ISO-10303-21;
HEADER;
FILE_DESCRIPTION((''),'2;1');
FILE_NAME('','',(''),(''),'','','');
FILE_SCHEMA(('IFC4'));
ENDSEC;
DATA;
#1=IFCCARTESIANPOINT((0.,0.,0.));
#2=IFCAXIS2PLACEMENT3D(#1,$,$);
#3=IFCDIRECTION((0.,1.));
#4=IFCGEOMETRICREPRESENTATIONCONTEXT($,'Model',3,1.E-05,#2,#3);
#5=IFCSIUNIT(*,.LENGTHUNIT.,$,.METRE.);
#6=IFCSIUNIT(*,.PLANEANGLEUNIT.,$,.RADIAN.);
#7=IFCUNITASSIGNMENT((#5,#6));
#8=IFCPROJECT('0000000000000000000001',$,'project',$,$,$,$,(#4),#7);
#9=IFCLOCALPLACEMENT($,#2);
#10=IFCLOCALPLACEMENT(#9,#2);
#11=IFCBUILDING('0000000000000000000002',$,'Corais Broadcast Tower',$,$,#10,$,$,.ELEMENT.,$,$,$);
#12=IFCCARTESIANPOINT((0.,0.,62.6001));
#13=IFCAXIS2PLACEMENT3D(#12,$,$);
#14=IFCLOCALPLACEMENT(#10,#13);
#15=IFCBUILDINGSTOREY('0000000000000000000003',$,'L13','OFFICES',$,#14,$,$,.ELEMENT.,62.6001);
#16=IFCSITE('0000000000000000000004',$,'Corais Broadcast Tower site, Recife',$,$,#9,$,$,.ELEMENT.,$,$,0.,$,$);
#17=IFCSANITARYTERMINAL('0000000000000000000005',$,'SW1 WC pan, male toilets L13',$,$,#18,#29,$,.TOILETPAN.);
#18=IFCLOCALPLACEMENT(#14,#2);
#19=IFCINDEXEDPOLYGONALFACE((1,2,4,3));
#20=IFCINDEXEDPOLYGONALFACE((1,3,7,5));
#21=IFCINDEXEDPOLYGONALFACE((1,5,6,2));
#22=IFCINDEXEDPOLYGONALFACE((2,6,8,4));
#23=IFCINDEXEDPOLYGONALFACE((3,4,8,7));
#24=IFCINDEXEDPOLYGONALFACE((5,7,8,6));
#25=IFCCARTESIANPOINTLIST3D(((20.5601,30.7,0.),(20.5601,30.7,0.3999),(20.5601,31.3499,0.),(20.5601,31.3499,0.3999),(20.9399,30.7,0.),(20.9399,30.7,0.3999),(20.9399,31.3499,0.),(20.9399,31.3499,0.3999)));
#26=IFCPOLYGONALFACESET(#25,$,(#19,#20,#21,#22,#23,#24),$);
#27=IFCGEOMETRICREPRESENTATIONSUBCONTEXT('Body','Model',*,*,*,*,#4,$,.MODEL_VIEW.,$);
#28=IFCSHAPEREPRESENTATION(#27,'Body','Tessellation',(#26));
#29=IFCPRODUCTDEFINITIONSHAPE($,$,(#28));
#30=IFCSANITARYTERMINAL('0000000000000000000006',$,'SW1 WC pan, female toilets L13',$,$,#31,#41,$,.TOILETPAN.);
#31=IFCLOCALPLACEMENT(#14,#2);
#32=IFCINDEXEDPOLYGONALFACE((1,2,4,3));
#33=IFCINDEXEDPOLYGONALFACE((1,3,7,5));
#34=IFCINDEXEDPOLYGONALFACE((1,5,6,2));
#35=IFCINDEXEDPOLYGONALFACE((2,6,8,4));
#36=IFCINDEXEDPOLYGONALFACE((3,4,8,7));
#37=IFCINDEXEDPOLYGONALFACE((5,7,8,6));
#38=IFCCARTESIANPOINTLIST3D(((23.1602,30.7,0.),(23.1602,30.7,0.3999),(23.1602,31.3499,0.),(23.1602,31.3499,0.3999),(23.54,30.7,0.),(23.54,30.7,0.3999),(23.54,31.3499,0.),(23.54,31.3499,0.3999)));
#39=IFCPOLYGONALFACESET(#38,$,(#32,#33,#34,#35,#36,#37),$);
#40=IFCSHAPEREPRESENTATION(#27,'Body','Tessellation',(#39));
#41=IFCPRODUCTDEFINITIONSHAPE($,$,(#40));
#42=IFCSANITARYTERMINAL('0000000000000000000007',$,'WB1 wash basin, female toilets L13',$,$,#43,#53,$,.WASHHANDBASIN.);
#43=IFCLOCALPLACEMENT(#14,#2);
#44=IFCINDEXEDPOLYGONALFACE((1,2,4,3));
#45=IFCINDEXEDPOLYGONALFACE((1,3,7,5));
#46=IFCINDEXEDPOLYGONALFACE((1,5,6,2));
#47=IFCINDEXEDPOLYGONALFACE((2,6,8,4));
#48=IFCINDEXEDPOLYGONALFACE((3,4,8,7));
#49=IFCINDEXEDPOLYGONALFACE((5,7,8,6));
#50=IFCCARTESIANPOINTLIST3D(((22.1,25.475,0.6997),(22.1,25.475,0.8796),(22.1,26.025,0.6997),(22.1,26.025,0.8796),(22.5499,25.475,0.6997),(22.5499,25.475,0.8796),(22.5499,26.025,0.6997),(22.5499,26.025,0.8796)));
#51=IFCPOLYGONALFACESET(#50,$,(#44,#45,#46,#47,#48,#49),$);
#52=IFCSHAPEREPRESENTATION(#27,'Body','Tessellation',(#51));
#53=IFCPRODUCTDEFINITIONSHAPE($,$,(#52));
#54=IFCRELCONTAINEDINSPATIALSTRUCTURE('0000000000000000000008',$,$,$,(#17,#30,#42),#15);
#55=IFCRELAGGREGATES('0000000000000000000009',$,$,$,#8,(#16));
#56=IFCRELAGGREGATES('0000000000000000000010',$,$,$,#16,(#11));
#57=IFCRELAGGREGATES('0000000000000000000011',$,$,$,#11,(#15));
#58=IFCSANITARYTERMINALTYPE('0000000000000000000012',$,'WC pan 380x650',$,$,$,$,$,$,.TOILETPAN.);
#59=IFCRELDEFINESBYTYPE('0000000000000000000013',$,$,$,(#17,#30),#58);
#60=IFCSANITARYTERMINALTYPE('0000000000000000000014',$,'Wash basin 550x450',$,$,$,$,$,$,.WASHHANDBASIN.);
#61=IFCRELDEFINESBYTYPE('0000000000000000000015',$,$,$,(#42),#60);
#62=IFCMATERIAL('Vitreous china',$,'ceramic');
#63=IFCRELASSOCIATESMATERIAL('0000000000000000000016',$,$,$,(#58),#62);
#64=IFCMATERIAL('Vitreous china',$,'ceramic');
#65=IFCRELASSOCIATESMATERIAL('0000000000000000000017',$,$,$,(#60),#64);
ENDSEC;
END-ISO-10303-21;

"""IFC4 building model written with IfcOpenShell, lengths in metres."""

from ifc_helpers import new_model, si_unit, direction, frame, origin, origin_2d, place, context, subcontext, project, spatial, rectangle, extrude, material, type_object, element, save


model = new_model("IFC4")

# Units and contexts
model_context = context("Model", 3, precision=1e-05, world=origin(), true_north=direction((0.0, 1.0)))
body_context = subcontext(model_context, "Body", "Model", "MODEL_VIEW")
ifc_project = project(units=[si_unit("LENGTHUNIT", "METRE"), si_unit("PLANEANGLEUNIT", "RADIAN")], contexts=[model_context])

# Site, building, storey
site_placement = place(None, origin())
site = spatial("IfcSite", under=ifc_project, at=site_placement, Name="Corais Broadcast Tower site, Recife", CompositionType="ELEMENT", RefElevation=0.0)
building_placement = place(site_placement, origin())
building = spatial("IfcBuilding", under=site, at=building_placement, Name="Corais Broadcast Tower", CompositionType="ELEMENT")
storey_placement = place(building_placement, frame((0.0, 0.0, 62.6001)))
storey = spatial("IfcBuildingStorey", under=building, at=storey_placement, Name="L13", Description="OFFICES", CompositionType="ELEMENT", Elevation=62.6001)

# Sanitary terminals
ifc_material_1 = material(Name="Vitreous china", Category="ceramic")
sanitary_terminal_type_1 = type_object("IfcSanitaryTerminalType", Name="WC pan 380x650", PredefinedType="TOILETPAN", material=ifc_material_1)
for number, where, z_axis, x_axis, name in (
    (1, (20.75, 31.0249, 0.0), (0.0, 0.0, 1.0), (1.0, 0.0, 0.0), "SW1 WC pan, male toilets L13"),
    (2, (23.3501, 31.0249, 0.0), (0.0, 0.0, 1.0), (1.0, 0.0, 0.0), "SW1 WC pan, female toilets L13"),
):
    element("IfcSanitaryTerminal", number, at=place(storey_placement, frame(where, z_axis=z_axis, x_axis=x_axis)), inside=storey, type_object=sanitary_terminal_type_1, Name=name, PredefinedType="TOILETPAN", context=body_context, shape_type="SweptSolid", body=[
        extrude(rectangle(XDim=0.3799, YDim=0.6499, at=origin_2d()), origin(), (0.0, 0.0, 1.0), 0.3999),
    ])
ifc_material_2 = material(Name="Vitreous china", Category="ceramic")
sanitary_terminal_type_2 = type_object("IfcSanitaryTerminalType", Name="Wash basin 550x450", PredefinedType="WASHHANDBASIN", material=ifc_material_2)
sanitary_terminal_placement = place(storey_placement, frame((22.325, 25.75, 0.6997), z_axis=(0.0, 0.0, 1.0), x_axis=(1.0, 0.0, 0.0)))
element("IfcSanitaryTerminal", 3, at=sanitary_terminal_placement, inside=storey, type_object=sanitary_terminal_type_2, Name="WB1 wash basin, female toilets L13", PredefinedType="WASHHANDBASIN", context=body_context, shape_type="SweptSolid", body=[
    extrude(rectangle(XDim=0.45, YDim=0.55, at=origin_2d()), origin(), (0.0, 0.0, 1.0), 0.1799),
])

save(model, "model.ifc")
